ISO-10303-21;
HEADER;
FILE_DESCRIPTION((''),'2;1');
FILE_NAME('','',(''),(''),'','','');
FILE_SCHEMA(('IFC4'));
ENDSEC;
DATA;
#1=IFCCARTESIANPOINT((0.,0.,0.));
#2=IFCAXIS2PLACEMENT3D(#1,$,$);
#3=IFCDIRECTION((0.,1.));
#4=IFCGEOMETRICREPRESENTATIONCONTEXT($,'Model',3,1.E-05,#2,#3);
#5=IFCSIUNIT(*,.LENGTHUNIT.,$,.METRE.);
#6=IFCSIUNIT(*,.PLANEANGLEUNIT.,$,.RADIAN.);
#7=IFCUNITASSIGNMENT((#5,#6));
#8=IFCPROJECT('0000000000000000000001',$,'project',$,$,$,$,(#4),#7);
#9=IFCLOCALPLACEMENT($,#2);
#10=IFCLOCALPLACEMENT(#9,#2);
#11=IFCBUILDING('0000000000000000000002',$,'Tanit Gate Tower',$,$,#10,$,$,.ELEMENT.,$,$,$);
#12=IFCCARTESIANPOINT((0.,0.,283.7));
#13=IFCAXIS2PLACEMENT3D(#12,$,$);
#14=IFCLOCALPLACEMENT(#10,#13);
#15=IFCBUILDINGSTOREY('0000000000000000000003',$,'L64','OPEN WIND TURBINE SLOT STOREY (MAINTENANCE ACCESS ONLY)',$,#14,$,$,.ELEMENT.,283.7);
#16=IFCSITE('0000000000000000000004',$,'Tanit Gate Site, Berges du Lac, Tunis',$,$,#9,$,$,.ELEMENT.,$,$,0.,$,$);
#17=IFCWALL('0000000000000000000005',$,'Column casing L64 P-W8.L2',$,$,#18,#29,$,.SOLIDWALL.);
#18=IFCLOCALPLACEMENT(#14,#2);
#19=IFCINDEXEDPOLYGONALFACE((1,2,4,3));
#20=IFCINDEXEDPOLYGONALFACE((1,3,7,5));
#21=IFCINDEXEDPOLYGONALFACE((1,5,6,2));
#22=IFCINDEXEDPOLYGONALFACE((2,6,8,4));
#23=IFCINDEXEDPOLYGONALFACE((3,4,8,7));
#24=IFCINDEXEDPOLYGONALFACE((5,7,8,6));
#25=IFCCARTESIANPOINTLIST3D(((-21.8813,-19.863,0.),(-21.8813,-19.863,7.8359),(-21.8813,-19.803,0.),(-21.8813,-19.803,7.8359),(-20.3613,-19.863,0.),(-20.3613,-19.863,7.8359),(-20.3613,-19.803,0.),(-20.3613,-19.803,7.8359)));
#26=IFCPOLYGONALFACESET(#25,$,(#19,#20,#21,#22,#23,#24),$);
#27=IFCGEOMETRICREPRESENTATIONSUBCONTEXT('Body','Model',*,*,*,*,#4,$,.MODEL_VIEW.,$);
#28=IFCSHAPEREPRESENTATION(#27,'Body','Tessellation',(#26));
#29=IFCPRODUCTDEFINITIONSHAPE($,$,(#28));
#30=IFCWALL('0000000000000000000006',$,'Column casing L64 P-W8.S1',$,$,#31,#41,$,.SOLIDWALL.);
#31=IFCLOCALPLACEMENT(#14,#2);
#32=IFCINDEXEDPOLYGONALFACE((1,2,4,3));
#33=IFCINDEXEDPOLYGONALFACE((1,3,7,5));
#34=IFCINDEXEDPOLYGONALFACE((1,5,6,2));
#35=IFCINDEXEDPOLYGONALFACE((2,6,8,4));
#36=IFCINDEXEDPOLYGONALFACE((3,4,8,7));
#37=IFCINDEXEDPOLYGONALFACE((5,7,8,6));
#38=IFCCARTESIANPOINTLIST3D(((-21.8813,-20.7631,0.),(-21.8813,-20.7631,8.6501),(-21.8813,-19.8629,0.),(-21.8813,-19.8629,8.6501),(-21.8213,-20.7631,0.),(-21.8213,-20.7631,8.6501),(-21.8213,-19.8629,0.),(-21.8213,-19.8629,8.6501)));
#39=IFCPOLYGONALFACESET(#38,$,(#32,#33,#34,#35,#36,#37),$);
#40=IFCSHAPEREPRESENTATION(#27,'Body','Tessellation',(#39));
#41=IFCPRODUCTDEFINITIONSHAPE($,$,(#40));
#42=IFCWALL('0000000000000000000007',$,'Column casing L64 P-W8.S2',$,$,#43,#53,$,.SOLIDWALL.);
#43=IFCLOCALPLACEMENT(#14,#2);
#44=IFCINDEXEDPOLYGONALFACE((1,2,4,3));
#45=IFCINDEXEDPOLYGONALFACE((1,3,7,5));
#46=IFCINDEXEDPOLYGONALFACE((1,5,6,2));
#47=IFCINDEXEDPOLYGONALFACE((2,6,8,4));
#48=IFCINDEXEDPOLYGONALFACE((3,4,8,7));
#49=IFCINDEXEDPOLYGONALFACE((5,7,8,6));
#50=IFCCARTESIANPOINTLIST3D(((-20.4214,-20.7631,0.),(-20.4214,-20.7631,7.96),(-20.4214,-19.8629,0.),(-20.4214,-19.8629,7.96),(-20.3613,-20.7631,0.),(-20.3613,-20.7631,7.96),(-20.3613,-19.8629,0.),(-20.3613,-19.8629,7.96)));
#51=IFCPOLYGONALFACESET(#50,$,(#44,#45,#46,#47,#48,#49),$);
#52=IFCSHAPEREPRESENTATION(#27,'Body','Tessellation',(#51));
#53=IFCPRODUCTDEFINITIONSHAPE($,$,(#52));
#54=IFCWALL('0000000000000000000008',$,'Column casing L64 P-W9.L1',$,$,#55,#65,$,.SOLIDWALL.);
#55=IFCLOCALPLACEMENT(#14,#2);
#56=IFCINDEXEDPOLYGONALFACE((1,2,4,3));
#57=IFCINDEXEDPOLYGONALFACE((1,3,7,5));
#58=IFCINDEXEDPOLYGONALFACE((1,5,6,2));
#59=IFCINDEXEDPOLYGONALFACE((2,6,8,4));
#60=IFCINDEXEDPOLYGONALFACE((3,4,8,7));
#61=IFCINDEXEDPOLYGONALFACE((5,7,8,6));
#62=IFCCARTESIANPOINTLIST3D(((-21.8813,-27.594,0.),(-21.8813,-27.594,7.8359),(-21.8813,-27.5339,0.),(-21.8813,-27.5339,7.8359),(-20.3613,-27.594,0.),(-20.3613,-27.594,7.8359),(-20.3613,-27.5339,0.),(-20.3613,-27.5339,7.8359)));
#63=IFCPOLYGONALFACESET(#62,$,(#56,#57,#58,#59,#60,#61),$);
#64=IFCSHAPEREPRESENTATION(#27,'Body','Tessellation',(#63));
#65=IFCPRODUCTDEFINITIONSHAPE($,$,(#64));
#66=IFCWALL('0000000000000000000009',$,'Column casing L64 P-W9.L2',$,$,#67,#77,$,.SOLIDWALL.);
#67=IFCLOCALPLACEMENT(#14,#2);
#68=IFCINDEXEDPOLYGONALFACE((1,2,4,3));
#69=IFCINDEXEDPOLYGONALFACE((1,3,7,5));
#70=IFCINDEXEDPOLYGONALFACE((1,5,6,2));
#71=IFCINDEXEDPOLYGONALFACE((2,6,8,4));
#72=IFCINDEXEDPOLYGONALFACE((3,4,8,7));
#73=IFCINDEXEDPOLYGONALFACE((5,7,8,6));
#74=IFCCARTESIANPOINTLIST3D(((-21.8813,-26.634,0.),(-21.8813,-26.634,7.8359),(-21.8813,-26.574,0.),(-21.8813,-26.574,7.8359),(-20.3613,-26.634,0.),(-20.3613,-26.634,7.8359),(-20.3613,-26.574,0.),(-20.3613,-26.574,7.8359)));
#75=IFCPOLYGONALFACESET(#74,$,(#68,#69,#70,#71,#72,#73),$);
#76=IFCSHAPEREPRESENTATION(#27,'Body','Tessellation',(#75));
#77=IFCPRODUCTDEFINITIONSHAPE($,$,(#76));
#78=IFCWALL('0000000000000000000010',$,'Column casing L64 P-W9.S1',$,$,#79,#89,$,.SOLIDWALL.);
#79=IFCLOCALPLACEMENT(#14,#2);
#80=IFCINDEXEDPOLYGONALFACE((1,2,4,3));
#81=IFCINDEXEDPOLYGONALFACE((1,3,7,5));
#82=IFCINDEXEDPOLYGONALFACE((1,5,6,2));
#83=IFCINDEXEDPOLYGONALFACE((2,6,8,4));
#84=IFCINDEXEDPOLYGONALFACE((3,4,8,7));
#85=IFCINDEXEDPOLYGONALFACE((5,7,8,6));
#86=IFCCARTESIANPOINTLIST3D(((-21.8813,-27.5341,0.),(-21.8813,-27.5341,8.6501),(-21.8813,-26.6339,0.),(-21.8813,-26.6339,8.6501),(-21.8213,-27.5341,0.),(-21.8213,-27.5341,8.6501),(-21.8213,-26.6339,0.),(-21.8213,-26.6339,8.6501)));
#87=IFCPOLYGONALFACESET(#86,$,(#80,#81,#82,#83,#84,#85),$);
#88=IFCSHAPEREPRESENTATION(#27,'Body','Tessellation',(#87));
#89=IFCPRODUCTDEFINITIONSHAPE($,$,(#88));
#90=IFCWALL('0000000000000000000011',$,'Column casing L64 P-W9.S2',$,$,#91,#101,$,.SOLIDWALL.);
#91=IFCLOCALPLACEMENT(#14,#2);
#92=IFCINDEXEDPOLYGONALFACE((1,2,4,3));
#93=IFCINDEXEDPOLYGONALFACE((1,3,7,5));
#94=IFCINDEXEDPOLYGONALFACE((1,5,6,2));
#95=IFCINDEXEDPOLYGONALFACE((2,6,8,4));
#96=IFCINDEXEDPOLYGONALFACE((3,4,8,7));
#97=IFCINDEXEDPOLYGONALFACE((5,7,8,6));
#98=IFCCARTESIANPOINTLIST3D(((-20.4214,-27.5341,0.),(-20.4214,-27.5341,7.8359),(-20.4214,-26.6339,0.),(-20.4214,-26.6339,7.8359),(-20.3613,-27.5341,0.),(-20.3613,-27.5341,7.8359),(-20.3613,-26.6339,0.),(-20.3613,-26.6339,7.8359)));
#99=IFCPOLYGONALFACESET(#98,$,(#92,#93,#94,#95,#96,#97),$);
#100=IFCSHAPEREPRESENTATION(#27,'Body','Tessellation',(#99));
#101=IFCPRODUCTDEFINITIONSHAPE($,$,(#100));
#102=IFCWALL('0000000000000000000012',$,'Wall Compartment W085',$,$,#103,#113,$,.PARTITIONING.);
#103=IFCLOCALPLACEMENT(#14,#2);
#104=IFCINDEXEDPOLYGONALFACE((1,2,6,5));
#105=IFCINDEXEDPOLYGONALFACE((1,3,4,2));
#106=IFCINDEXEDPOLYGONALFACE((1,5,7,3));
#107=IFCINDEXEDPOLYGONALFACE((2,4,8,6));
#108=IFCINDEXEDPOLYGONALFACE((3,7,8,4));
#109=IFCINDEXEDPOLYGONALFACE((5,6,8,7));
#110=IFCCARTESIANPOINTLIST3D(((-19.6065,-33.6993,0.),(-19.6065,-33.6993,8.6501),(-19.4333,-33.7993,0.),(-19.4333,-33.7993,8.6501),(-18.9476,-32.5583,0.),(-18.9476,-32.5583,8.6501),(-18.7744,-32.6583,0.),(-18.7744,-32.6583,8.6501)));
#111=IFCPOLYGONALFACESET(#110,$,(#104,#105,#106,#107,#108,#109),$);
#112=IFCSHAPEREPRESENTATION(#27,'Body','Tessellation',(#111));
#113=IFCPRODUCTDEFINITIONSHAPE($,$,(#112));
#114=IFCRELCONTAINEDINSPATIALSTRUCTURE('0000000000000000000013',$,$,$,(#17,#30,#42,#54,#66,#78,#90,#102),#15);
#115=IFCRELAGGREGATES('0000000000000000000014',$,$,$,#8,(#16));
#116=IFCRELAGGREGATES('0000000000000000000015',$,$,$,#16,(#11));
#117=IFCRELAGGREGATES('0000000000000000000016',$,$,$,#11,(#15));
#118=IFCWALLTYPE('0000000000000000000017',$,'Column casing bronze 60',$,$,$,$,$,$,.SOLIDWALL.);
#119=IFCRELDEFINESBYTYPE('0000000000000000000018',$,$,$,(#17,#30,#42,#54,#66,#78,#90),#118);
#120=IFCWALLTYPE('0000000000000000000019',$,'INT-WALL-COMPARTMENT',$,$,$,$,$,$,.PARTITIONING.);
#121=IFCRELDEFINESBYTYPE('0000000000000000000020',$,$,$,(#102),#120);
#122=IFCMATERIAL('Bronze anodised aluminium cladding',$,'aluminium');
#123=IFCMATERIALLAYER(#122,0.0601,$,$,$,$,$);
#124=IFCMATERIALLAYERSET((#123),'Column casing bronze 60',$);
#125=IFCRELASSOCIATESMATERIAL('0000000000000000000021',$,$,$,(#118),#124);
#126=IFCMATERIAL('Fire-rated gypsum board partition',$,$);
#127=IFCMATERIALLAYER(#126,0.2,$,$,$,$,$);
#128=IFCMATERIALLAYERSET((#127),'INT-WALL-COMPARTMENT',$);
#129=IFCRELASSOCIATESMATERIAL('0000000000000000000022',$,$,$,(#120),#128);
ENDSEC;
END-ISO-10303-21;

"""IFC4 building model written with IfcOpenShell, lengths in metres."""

from ifc_helpers import new_model, si_unit, direction, frame, frame_2d, origin, place, context, subcontext, project, spatial, rectangle, extrude, material, layer, layer_set, type_object, element, save


model = new_model("IFC4")

# Units and contexts
model_context = context("Model", 3, precision=1e-05, world=origin(), true_north=direction((0.0, 1.0)))
body_context = subcontext(model_context, "Body", "Model", "MODEL_VIEW")
ifc_project = project(units=[si_unit("LENGTHUNIT", "METRE"), si_unit("PLANEANGLEUNIT", "RADIAN")], contexts=[model_context])

# Site, building, storey
site_placement = place(None, origin())
site = spatial("IfcSite", under=ifc_project, at=site_placement, Name="Tanit Gate Site, Berges du Lac, Tunis", CompositionType="ELEMENT", RefElevation=0.0)
building_placement = place(site_placement, origin())
building = spatial("IfcBuilding", under=site, at=building_placement, Name="Tanit Gate Tower", CompositionType="ELEMENT")
storey_placement = place(building_placement, frame((0.0, 0.0, 283.7)))
storey = spatial("IfcBuildingStorey", under=building, at=storey_placement, Name="L64", Description="OPEN WIND TURBINE SLOT STOREY (MAINTENANCE ACCESS ONLY)", CompositionType="ELEMENT", Elevation=283.7)

# Walls
ifc_material_1 = material(Name="Bronze anodised aluminium cladding", Category="aluminium")
ifc_layer_1 = layer(ifc_material_1, 0.0601)
ifc_layer_set_1 = layer_set([ifc_layer_1], Name="Column casing bronze 60")
wall_type_1 = type_object("IfcWallType", Name="Column casing bronze 60", PredefinedType="SOLIDWALL", material=ifc_layer_set_1)
for number, where, z_axis, x_axis, name in (
    (1, (-20.3613, -19.833, 0.0), (0.0, 0.0, 1.0), (-1.0, 0.0, 0.0), "Column casing L64 P-W8.L2"),
):
    element("IfcWall", number, at=place(storey_placement, frame(where, z_axis=z_axis, x_axis=x_axis)), inside=storey, type_object=wall_type_1, Name=name, PredefinedType="SOLIDWALL", context=body_context, shape_type="SweptSolid", body=[
        extrude(rectangle(XDim=1.52, YDim=0.0601, at=frame_2d((0.76, 0.0))), origin(), (0.0, 0.0, 1.0), 7.8359),
    ])
wall_1_placement = place(storey_placement, frame((-21.8513, -19.8628, 0.0), z_axis=(0.0, 0.0, 1.0), x_axis=(0.0, -1.0, 0.0)))
element("IfcWall", 2, at=wall_1_placement, inside=storey, type_object=wall_type_1, Name="Column casing L64 P-W8.S1", PredefinedType="SOLIDWALL", context=body_context, shape_type="SweptSolid", body=[
    extrude(rectangle(XDim=0.9001, YDim=0.0601, at=frame_2d((0.4502, 0.0))), origin(), (0.0, 0.0, 1.0), 8.6501),
])
wall_2_placement = place(storey_placement, frame((-20.3914, -19.8628, 0.0), z_axis=(0.0, 0.0, 1.0), x_axis=(0.0, -1.0, 0.0)))
element("IfcWall", 3, at=wall_2_placement, inside=storey, type_object=wall_type_1, Name="Column casing L64 P-W8.S2", PredefinedType="SOLIDWALL", context=body_context, shape_type="SweptSolid", body=[
    extrude(rectangle(XDim=0.9001, YDim=0.0601, at=frame_2d((0.4502, 0.0))), origin(), (0.0, 0.0, 1.0), 7.96),
])
for number, where, z_axis, x_axis, name in (
    (4, (-20.3613, -27.564, 0.0), (0.0, 0.0, 1.0), (-1.0, 0.0, 0.0), "Column casing L64 P-W9.L1"),
    (5, (-20.3613, -26.604, 0.0), (0.0, 0.0, 1.0), (-1.0, 0.0, 0.0), "Column casing L64 P-W9.L2"),
):
    element("IfcWall", number, at=place(storey_placement, frame(where, z_axis=z_axis, x_axis=x_axis)), inside=storey, type_object=wall_type_1, Name=name, PredefinedType="SOLIDWALL", context=body_context, shape_type="SweptSolid", body=[
        extrude(rectangle(XDim=1.52, YDim=0.0601, at=frame_2d((0.76, 0.0))), origin(), (0.0, 0.0, 1.0), 7.8359),
    ])
wall_3_placement = place(storey_placement, frame((-21.8513, -26.6338, 0.0), z_axis=(0.0, 0.0, 1.0), x_axis=(0.0, -1.0, 0.0)))
element("IfcWall", 6, at=wall_3_placement, inside=storey, type_object=wall_type_1, Name="Column casing L64 P-W9.S1", PredefinedType="SOLIDWALL", context=body_context, shape_type="SweptSolid", body=[
    extrude(rectangle(XDim=0.9001, YDim=0.0601, at=frame_2d((0.4502, 0.0))), origin(), (0.0, 0.0, 1.0), 8.6501),
])
wall_4_placement = place(storey_placement, frame((-20.3914, -26.6338, 0.0), z_axis=(0.0, 0.0, 1.0), x_axis=(0.0, -1.0, 0.0)))
element("IfcWall", 7, at=wall_4_placement, inside=storey, type_object=wall_type_1, Name="Column casing L64 P-W9.S2", PredefinedType="SOLIDWALL", context=body_context, shape_type="SweptSolid", body=[
    extrude(rectangle(XDim=0.9001, YDim=0.0601, at=frame_2d((0.4502, 0.0))), origin(), (0.0, 0.0, 1.0), 7.8359),
])
ifc_material_2 = material(Name="Fire-rated gypsum board partition")
ifc_layer_2 = layer(ifc_material_2, 0.2)
ifc_layer_set_2 = layer_set([ifc_layer_2], Name="INT-WALL-COMPARTMENT")
wall_type_2 = type_object("IfcWallType", Name="INT-WALL-COMPARTMENT", PredefinedType="PARTITIONING", material=ifc_layer_set_2)
wall_5_placement = place(storey_placement, frame((-18.8611, -32.6084, 0.0), z_axis=(0.0, 0.0, 1.0), x_axis=(-0.500065, -0.865988, 0.0)))
element("IfcWall", 8, at=wall_5_placement, inside=storey, type_object=wall_type_2, Name="Wall Compartment W085", PredefinedType="PARTITIONING", context=body_context, shape_type="SweptSolid", body=[
    extrude(rectangle(XDim=1.3176, YDim=0.2, at=frame_2d((0.6587, 0.0))), origin(), (0.0, 0.0, 1.0), 8.6501),
])

save(model, "model.ifc")
